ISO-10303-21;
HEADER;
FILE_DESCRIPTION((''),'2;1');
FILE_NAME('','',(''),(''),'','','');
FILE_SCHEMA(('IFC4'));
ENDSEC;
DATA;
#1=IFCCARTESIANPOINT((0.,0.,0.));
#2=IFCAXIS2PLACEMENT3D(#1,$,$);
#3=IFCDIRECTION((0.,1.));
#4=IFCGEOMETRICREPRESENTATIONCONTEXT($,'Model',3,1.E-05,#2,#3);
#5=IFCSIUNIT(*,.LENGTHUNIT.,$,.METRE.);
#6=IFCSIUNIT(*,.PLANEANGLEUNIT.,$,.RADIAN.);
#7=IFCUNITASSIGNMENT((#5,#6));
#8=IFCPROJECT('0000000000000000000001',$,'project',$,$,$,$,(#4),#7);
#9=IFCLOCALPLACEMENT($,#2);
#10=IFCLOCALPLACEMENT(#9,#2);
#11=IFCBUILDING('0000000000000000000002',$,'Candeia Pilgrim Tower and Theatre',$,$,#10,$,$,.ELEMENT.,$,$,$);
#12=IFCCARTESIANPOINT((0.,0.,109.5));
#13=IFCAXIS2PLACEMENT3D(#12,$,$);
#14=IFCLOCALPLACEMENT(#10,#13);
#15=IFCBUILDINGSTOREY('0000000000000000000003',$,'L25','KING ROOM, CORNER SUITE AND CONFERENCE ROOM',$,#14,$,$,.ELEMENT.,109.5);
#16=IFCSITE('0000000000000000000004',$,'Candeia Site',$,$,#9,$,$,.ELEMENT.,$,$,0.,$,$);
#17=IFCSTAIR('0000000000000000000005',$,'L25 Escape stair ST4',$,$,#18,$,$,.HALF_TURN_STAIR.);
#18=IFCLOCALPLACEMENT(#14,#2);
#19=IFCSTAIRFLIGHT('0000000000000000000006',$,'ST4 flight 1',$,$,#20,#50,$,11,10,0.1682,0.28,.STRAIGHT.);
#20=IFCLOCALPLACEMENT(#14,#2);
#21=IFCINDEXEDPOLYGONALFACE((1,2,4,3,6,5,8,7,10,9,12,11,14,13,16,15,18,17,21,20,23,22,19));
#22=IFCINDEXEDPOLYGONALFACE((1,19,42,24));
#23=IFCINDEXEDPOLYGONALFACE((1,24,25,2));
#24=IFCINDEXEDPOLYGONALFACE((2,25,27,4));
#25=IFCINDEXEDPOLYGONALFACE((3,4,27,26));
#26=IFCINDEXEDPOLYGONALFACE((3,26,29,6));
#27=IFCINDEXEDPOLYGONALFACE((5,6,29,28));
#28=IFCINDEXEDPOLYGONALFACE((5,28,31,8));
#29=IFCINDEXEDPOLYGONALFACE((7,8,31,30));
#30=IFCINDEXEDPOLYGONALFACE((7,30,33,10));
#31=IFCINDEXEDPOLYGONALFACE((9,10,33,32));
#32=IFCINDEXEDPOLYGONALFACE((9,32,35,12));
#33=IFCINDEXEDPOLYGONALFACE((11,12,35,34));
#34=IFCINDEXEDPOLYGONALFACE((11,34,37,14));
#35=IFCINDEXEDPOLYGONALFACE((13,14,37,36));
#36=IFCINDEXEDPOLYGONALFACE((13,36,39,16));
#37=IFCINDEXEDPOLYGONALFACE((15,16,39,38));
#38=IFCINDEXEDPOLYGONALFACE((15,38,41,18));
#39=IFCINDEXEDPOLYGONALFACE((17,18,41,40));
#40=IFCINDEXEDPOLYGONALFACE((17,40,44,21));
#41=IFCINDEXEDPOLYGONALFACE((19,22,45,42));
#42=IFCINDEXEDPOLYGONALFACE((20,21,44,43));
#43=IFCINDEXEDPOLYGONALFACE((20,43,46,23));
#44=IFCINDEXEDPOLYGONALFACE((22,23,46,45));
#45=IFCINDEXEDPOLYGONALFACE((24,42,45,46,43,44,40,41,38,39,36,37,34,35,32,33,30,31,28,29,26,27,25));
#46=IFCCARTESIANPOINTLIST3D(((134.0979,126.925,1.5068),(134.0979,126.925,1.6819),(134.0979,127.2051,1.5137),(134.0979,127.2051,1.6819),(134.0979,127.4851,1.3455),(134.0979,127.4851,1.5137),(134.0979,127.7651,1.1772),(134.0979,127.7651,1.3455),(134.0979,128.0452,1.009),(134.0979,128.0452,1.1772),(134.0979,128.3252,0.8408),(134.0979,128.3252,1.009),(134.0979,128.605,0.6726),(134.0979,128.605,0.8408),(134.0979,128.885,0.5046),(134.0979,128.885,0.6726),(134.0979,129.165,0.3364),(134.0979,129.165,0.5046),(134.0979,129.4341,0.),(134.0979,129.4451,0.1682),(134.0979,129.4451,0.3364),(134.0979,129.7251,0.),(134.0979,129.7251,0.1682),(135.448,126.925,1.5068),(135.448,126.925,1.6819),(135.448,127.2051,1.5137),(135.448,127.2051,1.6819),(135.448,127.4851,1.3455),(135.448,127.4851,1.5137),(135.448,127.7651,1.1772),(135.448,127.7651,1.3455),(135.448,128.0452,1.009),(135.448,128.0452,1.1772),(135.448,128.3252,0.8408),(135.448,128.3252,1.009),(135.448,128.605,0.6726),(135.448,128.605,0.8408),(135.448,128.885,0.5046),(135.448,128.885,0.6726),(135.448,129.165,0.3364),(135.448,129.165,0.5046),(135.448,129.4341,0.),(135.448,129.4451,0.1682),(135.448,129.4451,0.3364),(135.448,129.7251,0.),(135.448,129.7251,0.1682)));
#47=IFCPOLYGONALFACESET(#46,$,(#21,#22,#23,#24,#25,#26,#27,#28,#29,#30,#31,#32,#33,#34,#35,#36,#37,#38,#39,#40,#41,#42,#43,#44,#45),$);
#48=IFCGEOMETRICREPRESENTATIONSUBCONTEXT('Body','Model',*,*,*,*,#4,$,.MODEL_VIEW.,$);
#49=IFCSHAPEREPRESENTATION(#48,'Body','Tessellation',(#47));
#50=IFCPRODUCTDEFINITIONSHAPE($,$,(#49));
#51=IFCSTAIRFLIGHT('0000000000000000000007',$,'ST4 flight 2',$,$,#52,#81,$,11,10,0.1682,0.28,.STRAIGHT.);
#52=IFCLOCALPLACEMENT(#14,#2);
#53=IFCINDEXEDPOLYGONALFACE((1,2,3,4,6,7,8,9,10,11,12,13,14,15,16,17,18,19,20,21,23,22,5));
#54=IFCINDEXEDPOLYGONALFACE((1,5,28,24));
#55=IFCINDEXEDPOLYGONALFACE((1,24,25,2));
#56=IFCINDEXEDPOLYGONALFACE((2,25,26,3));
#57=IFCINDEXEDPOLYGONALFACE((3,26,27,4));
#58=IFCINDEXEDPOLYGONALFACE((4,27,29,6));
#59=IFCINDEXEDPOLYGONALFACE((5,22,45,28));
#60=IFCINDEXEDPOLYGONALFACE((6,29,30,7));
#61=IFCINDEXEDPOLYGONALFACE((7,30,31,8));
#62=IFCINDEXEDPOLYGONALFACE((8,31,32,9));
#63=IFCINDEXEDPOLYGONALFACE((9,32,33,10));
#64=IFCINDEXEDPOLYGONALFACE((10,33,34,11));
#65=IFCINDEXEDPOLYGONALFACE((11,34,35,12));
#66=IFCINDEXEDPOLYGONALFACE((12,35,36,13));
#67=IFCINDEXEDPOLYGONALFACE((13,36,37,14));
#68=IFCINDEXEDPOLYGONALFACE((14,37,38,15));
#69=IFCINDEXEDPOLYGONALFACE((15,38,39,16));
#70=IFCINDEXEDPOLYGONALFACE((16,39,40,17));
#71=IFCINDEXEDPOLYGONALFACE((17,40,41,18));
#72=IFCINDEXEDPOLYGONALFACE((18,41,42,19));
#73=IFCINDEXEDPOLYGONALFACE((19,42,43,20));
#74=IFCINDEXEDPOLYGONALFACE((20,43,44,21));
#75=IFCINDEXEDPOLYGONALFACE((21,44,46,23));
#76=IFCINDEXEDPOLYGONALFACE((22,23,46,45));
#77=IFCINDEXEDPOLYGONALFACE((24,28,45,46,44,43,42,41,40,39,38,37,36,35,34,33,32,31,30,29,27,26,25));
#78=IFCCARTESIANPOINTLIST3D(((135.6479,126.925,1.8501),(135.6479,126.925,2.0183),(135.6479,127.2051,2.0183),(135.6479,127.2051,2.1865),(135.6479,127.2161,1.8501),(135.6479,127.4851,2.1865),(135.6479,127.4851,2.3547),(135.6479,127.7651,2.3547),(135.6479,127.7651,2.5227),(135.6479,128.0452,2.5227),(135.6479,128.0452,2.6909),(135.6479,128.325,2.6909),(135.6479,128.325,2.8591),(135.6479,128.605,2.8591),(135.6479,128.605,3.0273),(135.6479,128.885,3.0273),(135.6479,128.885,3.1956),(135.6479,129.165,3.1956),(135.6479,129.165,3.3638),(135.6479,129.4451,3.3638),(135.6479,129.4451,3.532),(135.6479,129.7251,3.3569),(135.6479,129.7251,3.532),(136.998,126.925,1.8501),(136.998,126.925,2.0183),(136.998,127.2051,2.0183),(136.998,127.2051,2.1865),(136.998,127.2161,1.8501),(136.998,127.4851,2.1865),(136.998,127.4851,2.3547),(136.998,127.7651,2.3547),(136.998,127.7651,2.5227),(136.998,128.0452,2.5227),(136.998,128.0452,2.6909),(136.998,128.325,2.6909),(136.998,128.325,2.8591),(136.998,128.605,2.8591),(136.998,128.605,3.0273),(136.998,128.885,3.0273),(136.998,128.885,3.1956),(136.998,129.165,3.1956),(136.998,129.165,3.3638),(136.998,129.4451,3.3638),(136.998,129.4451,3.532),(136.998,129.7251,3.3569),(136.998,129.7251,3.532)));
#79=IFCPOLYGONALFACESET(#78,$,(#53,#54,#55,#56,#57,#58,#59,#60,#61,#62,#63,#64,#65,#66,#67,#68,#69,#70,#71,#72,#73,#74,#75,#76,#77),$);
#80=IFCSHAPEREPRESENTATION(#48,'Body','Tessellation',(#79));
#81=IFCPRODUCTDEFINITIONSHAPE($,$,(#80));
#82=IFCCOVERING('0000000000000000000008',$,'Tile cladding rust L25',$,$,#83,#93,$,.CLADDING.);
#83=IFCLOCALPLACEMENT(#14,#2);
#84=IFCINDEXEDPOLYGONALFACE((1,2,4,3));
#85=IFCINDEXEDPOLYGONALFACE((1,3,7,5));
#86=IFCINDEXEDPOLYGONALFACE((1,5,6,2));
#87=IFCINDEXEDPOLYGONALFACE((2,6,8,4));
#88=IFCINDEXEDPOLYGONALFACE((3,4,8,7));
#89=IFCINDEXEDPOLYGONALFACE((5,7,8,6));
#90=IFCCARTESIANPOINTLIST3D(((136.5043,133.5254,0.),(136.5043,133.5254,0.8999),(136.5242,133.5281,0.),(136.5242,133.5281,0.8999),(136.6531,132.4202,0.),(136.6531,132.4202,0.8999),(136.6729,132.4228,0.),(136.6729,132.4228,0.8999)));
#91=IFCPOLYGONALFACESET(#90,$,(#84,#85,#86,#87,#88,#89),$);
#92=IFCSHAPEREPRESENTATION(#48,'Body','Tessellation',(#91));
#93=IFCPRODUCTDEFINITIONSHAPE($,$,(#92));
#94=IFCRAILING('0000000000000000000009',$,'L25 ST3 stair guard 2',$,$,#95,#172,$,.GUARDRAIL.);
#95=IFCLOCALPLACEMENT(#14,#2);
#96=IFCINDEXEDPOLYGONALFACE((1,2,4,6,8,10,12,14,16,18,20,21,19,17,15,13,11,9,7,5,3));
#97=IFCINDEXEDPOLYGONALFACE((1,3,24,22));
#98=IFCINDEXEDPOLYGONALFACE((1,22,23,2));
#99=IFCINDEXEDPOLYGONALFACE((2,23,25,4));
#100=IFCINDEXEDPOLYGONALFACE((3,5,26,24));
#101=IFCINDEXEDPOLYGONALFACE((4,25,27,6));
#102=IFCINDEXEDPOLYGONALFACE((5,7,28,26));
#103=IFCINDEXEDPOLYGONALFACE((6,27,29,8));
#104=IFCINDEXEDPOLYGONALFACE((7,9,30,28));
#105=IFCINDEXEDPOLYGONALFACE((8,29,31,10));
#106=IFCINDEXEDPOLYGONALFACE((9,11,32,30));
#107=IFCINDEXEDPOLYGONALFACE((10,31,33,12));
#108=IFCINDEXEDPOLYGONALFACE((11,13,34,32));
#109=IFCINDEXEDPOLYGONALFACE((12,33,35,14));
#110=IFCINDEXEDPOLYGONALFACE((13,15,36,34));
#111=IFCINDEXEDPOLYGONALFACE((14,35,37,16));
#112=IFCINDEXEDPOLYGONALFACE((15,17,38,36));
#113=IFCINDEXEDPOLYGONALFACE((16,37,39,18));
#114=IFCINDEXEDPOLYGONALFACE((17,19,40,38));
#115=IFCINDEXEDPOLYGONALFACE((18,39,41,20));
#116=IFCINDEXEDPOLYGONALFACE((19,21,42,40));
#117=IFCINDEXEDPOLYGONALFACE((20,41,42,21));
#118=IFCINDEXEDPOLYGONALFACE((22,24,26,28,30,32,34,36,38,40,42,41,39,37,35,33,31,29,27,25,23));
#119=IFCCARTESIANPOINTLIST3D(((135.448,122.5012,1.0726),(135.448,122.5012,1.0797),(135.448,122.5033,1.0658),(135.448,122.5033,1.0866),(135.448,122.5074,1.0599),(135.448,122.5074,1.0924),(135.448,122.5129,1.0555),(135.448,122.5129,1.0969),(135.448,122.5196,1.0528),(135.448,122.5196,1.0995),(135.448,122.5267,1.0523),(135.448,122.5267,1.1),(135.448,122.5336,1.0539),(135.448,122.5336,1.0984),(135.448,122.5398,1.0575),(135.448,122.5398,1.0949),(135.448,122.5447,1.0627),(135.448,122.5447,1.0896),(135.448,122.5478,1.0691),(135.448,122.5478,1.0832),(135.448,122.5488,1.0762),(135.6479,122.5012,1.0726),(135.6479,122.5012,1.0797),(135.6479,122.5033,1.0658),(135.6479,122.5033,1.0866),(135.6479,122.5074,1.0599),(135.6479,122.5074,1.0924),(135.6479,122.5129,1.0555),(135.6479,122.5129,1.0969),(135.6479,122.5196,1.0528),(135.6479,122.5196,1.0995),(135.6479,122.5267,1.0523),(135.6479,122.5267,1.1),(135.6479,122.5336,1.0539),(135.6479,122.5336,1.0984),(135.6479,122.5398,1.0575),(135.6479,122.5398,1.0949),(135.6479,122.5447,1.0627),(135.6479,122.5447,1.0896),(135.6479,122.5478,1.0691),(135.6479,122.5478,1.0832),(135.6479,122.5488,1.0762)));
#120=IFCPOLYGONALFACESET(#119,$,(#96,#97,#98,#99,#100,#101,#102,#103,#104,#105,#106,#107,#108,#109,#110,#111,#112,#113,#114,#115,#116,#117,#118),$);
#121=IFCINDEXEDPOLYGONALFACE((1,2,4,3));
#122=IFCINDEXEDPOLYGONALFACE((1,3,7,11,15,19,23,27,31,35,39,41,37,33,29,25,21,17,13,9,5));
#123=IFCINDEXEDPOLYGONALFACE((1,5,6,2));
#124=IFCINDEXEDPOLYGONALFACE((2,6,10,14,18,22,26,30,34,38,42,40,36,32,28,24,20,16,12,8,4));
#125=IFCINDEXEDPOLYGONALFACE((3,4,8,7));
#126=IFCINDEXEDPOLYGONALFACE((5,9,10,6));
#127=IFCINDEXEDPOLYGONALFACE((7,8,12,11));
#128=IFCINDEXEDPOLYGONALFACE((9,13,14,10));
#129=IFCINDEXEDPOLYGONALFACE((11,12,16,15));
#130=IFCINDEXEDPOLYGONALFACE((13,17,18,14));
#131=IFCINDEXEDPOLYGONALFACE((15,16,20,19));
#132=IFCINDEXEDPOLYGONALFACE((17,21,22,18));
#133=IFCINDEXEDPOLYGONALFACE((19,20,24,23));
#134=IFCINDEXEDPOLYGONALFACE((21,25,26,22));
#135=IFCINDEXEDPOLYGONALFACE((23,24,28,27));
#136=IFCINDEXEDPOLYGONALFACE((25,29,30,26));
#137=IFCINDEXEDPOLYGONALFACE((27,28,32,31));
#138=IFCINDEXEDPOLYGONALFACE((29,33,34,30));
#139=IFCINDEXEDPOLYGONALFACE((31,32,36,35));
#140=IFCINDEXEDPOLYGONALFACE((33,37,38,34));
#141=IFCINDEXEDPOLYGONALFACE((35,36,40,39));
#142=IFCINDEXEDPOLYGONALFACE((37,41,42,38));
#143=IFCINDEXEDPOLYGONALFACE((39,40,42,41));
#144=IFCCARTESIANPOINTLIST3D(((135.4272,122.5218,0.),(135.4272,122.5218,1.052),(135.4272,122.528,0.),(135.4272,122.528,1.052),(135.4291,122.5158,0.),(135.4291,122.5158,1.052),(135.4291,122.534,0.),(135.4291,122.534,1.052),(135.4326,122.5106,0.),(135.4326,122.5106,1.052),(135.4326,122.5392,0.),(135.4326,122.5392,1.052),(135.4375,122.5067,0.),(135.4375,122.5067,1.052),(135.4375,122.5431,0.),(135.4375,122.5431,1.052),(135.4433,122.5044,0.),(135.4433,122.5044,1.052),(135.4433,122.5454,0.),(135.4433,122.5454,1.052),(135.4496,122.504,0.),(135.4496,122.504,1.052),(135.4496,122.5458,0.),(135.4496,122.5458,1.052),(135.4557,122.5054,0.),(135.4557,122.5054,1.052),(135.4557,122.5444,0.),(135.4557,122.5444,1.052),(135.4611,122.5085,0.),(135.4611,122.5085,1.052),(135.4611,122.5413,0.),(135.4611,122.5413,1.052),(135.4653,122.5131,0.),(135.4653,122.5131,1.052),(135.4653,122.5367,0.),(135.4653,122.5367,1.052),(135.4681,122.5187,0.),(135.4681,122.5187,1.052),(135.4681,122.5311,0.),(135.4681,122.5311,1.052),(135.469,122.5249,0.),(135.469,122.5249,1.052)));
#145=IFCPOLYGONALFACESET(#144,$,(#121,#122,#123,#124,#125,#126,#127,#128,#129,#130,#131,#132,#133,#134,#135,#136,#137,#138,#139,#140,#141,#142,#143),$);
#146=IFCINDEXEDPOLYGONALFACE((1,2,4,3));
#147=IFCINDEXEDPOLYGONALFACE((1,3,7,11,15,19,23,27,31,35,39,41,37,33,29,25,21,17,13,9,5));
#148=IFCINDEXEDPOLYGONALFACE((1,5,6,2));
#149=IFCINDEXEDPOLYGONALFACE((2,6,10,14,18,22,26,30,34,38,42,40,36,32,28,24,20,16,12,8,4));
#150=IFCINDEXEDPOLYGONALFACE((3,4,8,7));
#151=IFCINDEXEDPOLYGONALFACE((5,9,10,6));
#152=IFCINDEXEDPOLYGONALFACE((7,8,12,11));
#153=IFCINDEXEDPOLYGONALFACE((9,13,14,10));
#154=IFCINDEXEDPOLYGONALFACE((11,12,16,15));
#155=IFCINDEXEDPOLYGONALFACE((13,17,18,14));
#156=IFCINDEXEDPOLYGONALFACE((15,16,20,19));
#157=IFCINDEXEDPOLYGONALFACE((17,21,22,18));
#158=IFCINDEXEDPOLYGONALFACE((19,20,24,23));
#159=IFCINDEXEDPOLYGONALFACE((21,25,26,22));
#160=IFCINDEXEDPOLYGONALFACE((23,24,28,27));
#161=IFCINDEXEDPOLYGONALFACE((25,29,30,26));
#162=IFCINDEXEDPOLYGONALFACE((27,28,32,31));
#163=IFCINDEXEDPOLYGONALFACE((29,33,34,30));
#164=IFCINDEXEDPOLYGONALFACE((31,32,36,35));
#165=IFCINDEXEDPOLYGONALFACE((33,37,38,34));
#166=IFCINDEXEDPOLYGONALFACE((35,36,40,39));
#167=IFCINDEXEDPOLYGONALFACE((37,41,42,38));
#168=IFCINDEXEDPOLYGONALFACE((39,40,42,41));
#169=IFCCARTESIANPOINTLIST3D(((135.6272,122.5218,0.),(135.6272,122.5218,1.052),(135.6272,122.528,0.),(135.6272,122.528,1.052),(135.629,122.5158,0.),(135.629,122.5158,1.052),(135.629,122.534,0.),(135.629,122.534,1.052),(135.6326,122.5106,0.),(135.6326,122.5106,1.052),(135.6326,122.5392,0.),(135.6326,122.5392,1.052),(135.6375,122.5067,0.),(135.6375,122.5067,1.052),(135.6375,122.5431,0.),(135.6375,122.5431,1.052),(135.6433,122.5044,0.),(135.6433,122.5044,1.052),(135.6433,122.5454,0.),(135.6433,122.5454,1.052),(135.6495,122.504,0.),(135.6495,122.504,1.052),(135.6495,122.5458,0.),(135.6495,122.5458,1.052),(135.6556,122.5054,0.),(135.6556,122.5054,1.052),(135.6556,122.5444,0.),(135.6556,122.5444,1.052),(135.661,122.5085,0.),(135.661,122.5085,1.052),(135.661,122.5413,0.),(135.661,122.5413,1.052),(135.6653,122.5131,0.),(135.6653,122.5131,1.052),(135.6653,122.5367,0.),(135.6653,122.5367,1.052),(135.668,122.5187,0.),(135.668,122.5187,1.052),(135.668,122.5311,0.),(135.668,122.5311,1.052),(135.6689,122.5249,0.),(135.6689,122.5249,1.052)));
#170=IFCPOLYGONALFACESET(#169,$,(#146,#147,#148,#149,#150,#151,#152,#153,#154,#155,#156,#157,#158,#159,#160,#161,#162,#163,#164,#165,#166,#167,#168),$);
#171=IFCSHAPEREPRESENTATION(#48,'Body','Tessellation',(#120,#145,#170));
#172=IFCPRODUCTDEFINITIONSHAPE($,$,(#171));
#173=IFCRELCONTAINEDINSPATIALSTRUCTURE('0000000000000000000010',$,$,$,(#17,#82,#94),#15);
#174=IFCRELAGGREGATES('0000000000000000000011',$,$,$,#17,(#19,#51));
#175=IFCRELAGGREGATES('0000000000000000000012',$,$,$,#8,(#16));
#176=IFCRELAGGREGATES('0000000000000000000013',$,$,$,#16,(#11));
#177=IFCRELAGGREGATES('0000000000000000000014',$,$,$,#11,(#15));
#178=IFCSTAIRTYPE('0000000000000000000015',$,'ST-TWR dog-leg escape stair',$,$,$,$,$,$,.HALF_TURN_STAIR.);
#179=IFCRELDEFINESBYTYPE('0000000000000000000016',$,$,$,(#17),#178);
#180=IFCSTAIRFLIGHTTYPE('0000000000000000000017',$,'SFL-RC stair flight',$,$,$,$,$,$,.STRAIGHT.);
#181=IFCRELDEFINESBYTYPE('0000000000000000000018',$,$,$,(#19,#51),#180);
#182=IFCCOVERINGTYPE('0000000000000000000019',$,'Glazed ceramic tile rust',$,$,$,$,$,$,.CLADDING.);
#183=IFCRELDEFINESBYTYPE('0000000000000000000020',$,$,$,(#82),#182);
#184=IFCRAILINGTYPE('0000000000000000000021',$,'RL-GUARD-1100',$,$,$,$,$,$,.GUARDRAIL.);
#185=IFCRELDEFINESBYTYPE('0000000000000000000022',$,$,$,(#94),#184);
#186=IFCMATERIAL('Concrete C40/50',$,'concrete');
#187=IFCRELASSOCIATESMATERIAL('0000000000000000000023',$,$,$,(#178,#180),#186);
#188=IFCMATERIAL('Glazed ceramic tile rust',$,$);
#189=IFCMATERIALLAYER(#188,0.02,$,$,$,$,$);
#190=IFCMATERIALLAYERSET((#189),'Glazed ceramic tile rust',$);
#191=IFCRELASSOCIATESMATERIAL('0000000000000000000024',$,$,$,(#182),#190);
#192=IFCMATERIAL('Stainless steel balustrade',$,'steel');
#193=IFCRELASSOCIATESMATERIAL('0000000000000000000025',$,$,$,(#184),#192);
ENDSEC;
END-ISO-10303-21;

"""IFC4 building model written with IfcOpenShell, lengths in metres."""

from ifc_helpers import new_model, si_unit, direction, frame, origin, origin_2d, place, context, subcontext, project, spatial, polyline, rectangle, circle, outline, extrude, material, layer, layer_set, type_object, element, aggregate, save


model = new_model("IFC4")

# Units and contexts
model_context = context("Model", 3, precision=1e-05, world=origin(), true_north=direction((0.0, 1.0)))
body_context = subcontext(model_context, "Body", "Model", "MODEL_VIEW")
ifc_project = project(units=[si_unit("LENGTHUNIT", "METRE"), si_unit("PLANEANGLEUNIT", "RADIAN")], contexts=[model_context])

# Site, building, storey
site_placement = place(None, origin())
site = spatial("IfcSite", under=ifc_project, at=site_placement, Name="Candeia Site", CompositionType="ELEMENT", RefElevation=0.0)
building_placement = place(site_placement, origin())
building = spatial("IfcBuilding", under=site, at=building_placement, Name="Candeia Pilgrim Tower and Theatre", CompositionType="ELEMENT")
storey_placement = place(building_placement, frame((0.0, 0.0, 109.5)))
storey = spatial("IfcBuildingStorey", under=building, at=storey_placement, Name="L25", Description="KING ROOM, CORNER SUITE AND CONFERENCE ROOM", CompositionType="ELEMENT", Elevation=109.5)

# Shared definitions
ifc_material_1 = material(Name="Concrete C40/50", Category="concrete")

# Stair, stair flights
stair_type = type_object("IfcStairType", Name="ST-TWR dog-leg escape stair", PredefinedType="HALF_TURN_STAIR", material=ifc_material_1)
stair_flight_type = type_object("IfcStairFlightType", Name="SFL-RC stair flight", PredefinedType="STRAIGHT", material=ifc_material_1)
stair_1_placement = place(storey_placement, origin())
stair_1 = element("IfcStair", 1, at=stair_1_placement, inside=storey, type_object=stair_type, Name="L25 Escape stair ST4", PredefinedType="HALF_TURN_STAIR")
stair_flight_1_placement = place(storey_placement, frame((134.7729, 129.7251, 0.0), z_axis=(0.0, 0.0, 1.0), x_axis=(0.0, -1.0, 0.0)))
stair_flight_1 = element("IfcStairFlight", 2, at=stair_flight_1_placement, type_object=stair_flight_type, Name="ST4 flight 1", NumberOfRisers=11, NumberOfTreads=10, PredefinedType="STRAIGHT", RiserHeight=0.1682, TreadLength=0.28, context=body_context, shape_type="SweptSolid", body=[
    extrude(outline(polyline([(0.0, 0.0), (0.0, 0.1682), (0.28, 0.1682), (0.28, 0.3364), (0.5601, 0.3364), (0.5601, 0.5046), (0.8401, 0.5046), (0.8401, 0.6726), (1.1201, 0.6726), (1.1201, 0.8408), (1.3999, 0.8408), (1.3999, 1.009), (1.6799, 1.009), (1.6799, 1.1772), (1.96, 1.1772), (1.96, 1.3455), (2.24, 1.3455), (2.24, 1.5137), (2.52, 1.5137), (2.52, 1.6819), (2.8, 1.6819), (2.8, 1.8501), (2.8, 1.5068), (0.291, 0.0), (0.0, 0.0)])), frame((0.0, 0.675, 0.0), z_axis=(0.0, -1.0, 0.0), x_axis=(1.0, 0.0, 0.0)), (0.0, 0.0, 1.0), 1.3501),
])
stair_flight_2_placement = place(storey_placement, frame((136.323, 126.925, 1.8501), z_axis=(0.0, 0.0, 1.0), x_axis=(0.0, 1.0, 0.0)))
stair_flight_2 = element("IfcStairFlight", 3, at=stair_flight_2_placement, type_object=stair_flight_type, Name="ST4 flight 2", NumberOfRisers=11, NumberOfTreads=10, PredefinedType="STRAIGHT", RiserHeight=0.1682, TreadLength=0.28, context=body_context, shape_type="SweptSolid", body=[
    extrude(outline(polyline([(0.0, 0.0), (0.0, 0.1682), (0.28, 0.1682), (0.28, 0.3364), (0.5601, 0.3364), (0.5601, 0.5046), (0.8401, 0.5046), (0.8401, 0.6726), (1.1201, 0.6726), (1.1201, 0.8408), (1.3999, 0.8408), (1.3999, 1.009), (1.6799, 1.009), (1.6799, 1.1772), (1.96, 1.1772), (1.96, 1.3455), (2.24, 1.3455), (2.24, 1.5137), (2.52, 1.5137), (2.52, 1.6819), (2.8, 1.6819), (2.8, 1.8501), (2.8, 1.5068), (0.291, 0.0), (0.0, 0.0)])), frame((0.0, 0.675, 0.0), z_axis=(0.0, -1.0, 0.0), x_axis=(1.0, 0.0, 0.0)), (0.0, 0.0, 1.0), 1.3501),
])
aggregate(stair_1, [stair_flight_1, stair_flight_2])

# Covering
ifc_material_2 = material(Name="Glazed ceramic tile rust")
ifc_layer_1 = layer(ifc_material_2, 0.02)
ifc_layer_set_1 = layer_set([ifc_layer_1], Name="Glazed ceramic tile rust")
covering_type = type_object("IfcCoveringType", Name="Glazed ceramic tile rust", PredefinedType="CLADDING", material=ifc_layer_set_1)
covering_placement = place(storey_placement, frame((136.5886, 132.9741, 0.0), z_axis=(0.0, 0.0, 1.0), x_axis=(-0.133412, 0.991061, 0.0)))
element("IfcCovering", 4, at=covering_placement, inside=storey, type_object=covering_type, Name="Tile cladding rust L25", PredefinedType="CLADDING", context=body_context, shape_type="SweptSolid", body=[
    extrude(rectangle(XDim=1.1152, YDim=0.02, at=origin_2d()), origin(), (0.0, 0.0, 1.0), 0.8999),
])

# Railing
ifc_material_3 = material(Name="Stainless steel balustrade", Category="steel")
railing_type_1 = type_object("IfcRailingType", Name="RL-GUARD-1100", PredefinedType="GUARDRAIL", material=ifc_material_3)
railing_1_placement = place(storey_placement, frame((135.448, 122.5249, 0.0)))
element("IfcRailing", 5, at=railing_1_placement, inside=storey, type_object=railing_type_1, Name="L25 ST3 stair guard 2", PredefinedType="GUARDRAIL", context=body_context, shape_type="SweptSolid", body=[
    extrude(circle(Radius=0.0239, at=origin_2d()), frame((0.0, 0.0, 1.0762), z_axis=(1.0, 0.0, 0.0), x_axis=(0.0, 1.0, 0.0)), (0.0, 0.0, 1.0), 0.2),
    extrude(circle(Radius=0.021, at=origin_2d()), origin(), (0.0, 0.0, 1.0), 1.052),
    extrude(circle(Radius=0.021, at=origin_2d()), frame((0.2, 0.0, 0.0)), (0.0, 0.0, 1.0), 1.052),
])

save(model, "model.ifc")
